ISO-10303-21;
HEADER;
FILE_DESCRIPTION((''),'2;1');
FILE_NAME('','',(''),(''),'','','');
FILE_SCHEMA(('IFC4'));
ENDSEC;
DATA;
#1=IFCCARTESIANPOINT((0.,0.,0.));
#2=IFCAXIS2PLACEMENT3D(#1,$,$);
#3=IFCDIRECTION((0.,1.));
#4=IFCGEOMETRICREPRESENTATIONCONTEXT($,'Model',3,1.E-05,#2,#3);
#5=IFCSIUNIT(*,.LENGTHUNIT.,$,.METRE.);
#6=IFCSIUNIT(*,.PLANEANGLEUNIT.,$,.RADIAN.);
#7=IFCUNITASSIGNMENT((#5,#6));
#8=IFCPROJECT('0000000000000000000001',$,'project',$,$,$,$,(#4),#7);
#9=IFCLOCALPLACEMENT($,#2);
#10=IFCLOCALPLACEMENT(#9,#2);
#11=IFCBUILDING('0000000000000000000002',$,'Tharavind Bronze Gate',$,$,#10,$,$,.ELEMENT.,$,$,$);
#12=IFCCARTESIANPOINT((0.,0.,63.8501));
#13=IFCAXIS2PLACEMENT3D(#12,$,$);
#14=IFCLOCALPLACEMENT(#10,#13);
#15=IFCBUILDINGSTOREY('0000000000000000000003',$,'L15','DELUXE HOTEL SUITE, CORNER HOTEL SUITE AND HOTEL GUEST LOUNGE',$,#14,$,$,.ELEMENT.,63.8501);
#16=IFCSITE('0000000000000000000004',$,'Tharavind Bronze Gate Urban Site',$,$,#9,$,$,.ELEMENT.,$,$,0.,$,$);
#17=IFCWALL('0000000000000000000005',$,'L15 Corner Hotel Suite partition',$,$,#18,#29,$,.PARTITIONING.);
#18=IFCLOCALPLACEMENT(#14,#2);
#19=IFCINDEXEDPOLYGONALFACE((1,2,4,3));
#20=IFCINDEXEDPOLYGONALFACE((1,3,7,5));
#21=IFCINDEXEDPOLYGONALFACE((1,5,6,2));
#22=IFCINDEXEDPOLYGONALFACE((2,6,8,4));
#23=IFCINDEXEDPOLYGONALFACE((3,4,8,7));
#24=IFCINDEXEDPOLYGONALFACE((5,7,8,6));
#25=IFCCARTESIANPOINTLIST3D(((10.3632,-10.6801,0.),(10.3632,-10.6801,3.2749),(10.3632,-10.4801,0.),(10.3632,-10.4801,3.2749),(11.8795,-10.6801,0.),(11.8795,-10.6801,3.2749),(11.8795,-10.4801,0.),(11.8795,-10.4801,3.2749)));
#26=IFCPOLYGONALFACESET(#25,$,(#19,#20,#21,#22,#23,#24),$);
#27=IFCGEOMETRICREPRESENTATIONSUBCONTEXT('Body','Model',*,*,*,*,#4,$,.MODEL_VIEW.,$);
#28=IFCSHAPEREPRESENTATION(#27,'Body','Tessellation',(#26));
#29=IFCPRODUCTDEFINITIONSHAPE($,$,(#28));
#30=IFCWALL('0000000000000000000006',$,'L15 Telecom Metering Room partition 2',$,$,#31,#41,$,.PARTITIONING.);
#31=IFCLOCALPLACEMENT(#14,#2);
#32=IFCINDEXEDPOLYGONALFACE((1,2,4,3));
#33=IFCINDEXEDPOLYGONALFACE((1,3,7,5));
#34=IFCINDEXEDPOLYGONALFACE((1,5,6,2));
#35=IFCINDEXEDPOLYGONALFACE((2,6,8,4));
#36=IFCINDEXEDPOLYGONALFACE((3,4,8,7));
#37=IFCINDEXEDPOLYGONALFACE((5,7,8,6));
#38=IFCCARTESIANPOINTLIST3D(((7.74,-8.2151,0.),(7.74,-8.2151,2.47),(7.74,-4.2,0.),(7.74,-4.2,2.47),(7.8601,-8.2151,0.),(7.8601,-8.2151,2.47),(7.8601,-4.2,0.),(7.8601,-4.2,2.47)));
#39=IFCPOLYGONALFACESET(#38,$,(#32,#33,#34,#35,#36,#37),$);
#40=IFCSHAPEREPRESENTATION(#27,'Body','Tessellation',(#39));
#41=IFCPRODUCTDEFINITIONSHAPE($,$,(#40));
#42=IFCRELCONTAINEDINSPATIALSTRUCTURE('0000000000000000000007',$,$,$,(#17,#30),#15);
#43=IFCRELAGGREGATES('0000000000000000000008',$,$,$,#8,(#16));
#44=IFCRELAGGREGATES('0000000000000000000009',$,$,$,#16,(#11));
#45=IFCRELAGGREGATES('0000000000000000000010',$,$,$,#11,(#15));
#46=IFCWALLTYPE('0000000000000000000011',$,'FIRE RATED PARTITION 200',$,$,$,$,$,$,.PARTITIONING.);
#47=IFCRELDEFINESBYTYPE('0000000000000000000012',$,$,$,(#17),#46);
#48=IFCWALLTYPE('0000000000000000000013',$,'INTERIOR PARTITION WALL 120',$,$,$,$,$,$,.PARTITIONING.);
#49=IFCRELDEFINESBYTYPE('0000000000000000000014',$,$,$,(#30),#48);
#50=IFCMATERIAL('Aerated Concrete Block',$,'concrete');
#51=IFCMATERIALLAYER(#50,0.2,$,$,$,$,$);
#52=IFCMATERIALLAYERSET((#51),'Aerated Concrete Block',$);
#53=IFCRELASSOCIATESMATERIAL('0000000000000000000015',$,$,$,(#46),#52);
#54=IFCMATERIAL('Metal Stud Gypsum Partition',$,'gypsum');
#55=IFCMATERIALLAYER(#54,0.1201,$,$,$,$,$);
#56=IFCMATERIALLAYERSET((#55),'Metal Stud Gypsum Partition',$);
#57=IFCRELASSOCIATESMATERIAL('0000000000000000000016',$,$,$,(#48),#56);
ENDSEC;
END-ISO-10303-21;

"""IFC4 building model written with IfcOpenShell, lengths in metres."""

from ifc_helpers import new_model, si_unit, direction, frame, frame_2d, origin, place, context, subcontext, project, spatial, rectangle, extrude, material, layer, layer_set, type_object, element, save


model = new_model("IFC4")

# Units and contexts
model_context = context("Model", 3, precision=1e-05, world=origin(), true_north=direction((0.0, 1.0)))
body_context = subcontext(model_context, "Body", "Model", "MODEL_VIEW")
ifc_project = project(units=[si_unit("LENGTHUNIT", "METRE"), si_unit("PLANEANGLEUNIT", "RADIAN")], contexts=[model_context])

# Site, building, storey
site_placement = place(None, origin())
site = spatial("IfcSite", under=ifc_project, at=site_placement, Name="Tharavind Bronze Gate Urban Site", CompositionType="ELEMENT", RefElevation=0.0)
building_placement = place(site_placement, origin())
building = spatial("IfcBuilding", under=site, at=building_placement, Name="Tharavind Bronze Gate", CompositionType="ELEMENT")
storey_placement = place(building_placement, frame((0.0, 0.0, 63.8501)))
storey = spatial("IfcBuildingStorey", under=building, at=storey_placement, Name="L15", Description="DELUXE HOTEL SUITE, CORNER HOTEL SUITE AND HOTEL GUEST LOUNGE", CompositionType="ELEMENT", Elevation=63.8501)

# Shared definitions
ifc_material_1 = material(Name="Aerated Concrete Block", Category="concrete")
ifc_layer_1 = layer(ifc_material_1, 0.2)
ifc_layer_set_1 = layer_set([ifc_layer_1], Name="Aerated Concrete Block")
wall_type_1 = type_object("IfcWallType", Name="FIRE RATED PARTITION 200", PredefinedType="PARTITIONING", material=ifc_layer_set_1)

# Wall
wall_1_placement = place(storey_placement, frame((10.363, -10.5801, 0.0), z_axis=(0.0, 0.0, 1.0), x_axis=(1.0, 0.0, 0.0)))
element("IfcWall", 1, at=wall_1_placement, inside=storey, type_object=wall_type_1, Name="L15 Corner Hotel Suite partition", PredefinedType="PARTITIONING", context=body_context, shape_type="SweptSolid", body=[
    extrude(rectangle(XDim=1.5164, YDim=0.2, at=frame_2d((0.7583, 0.0))), origin(), (0.0, 0.0, 1.0), 3.2749),
])

# Wall
ifc_material_2 = material(Name="Metal Stud Gypsum Partition", Category="gypsum")
ifc_layer_2 = layer(ifc_material_2, 0.1201)
ifc_layer_set_2 = layer_set([ifc_layer_2], Name="Metal Stud Gypsum Partition")
wall_type_2 = type_object("IfcWallType", Name="INTERIOR PARTITION WALL 120", PredefinedType="PARTITIONING", material=ifc_layer_set_2)
wall_2_placement = place(storey_placement, frame((7.8, -8.2151, 0.0), z_axis=(0.0, 0.0, 1.0), x_axis=(0.0, 1.0, 0.0)))
element("IfcWall", 2, at=wall_2_placement, inside=storey, type_object=wall_type_2, Name="L15 Telecom Metering Room partition 2", PredefinedType="PARTITIONING", context=body_context, shape_type="SweptSolid", body=[
    extrude(rectangle(XDim=4.0151, YDim=0.1201, at=frame_2d((2.0076, 0.0))), origin(), (0.0, 0.0, 1.0), 2.47),
])

save(model, "model.ifc")
